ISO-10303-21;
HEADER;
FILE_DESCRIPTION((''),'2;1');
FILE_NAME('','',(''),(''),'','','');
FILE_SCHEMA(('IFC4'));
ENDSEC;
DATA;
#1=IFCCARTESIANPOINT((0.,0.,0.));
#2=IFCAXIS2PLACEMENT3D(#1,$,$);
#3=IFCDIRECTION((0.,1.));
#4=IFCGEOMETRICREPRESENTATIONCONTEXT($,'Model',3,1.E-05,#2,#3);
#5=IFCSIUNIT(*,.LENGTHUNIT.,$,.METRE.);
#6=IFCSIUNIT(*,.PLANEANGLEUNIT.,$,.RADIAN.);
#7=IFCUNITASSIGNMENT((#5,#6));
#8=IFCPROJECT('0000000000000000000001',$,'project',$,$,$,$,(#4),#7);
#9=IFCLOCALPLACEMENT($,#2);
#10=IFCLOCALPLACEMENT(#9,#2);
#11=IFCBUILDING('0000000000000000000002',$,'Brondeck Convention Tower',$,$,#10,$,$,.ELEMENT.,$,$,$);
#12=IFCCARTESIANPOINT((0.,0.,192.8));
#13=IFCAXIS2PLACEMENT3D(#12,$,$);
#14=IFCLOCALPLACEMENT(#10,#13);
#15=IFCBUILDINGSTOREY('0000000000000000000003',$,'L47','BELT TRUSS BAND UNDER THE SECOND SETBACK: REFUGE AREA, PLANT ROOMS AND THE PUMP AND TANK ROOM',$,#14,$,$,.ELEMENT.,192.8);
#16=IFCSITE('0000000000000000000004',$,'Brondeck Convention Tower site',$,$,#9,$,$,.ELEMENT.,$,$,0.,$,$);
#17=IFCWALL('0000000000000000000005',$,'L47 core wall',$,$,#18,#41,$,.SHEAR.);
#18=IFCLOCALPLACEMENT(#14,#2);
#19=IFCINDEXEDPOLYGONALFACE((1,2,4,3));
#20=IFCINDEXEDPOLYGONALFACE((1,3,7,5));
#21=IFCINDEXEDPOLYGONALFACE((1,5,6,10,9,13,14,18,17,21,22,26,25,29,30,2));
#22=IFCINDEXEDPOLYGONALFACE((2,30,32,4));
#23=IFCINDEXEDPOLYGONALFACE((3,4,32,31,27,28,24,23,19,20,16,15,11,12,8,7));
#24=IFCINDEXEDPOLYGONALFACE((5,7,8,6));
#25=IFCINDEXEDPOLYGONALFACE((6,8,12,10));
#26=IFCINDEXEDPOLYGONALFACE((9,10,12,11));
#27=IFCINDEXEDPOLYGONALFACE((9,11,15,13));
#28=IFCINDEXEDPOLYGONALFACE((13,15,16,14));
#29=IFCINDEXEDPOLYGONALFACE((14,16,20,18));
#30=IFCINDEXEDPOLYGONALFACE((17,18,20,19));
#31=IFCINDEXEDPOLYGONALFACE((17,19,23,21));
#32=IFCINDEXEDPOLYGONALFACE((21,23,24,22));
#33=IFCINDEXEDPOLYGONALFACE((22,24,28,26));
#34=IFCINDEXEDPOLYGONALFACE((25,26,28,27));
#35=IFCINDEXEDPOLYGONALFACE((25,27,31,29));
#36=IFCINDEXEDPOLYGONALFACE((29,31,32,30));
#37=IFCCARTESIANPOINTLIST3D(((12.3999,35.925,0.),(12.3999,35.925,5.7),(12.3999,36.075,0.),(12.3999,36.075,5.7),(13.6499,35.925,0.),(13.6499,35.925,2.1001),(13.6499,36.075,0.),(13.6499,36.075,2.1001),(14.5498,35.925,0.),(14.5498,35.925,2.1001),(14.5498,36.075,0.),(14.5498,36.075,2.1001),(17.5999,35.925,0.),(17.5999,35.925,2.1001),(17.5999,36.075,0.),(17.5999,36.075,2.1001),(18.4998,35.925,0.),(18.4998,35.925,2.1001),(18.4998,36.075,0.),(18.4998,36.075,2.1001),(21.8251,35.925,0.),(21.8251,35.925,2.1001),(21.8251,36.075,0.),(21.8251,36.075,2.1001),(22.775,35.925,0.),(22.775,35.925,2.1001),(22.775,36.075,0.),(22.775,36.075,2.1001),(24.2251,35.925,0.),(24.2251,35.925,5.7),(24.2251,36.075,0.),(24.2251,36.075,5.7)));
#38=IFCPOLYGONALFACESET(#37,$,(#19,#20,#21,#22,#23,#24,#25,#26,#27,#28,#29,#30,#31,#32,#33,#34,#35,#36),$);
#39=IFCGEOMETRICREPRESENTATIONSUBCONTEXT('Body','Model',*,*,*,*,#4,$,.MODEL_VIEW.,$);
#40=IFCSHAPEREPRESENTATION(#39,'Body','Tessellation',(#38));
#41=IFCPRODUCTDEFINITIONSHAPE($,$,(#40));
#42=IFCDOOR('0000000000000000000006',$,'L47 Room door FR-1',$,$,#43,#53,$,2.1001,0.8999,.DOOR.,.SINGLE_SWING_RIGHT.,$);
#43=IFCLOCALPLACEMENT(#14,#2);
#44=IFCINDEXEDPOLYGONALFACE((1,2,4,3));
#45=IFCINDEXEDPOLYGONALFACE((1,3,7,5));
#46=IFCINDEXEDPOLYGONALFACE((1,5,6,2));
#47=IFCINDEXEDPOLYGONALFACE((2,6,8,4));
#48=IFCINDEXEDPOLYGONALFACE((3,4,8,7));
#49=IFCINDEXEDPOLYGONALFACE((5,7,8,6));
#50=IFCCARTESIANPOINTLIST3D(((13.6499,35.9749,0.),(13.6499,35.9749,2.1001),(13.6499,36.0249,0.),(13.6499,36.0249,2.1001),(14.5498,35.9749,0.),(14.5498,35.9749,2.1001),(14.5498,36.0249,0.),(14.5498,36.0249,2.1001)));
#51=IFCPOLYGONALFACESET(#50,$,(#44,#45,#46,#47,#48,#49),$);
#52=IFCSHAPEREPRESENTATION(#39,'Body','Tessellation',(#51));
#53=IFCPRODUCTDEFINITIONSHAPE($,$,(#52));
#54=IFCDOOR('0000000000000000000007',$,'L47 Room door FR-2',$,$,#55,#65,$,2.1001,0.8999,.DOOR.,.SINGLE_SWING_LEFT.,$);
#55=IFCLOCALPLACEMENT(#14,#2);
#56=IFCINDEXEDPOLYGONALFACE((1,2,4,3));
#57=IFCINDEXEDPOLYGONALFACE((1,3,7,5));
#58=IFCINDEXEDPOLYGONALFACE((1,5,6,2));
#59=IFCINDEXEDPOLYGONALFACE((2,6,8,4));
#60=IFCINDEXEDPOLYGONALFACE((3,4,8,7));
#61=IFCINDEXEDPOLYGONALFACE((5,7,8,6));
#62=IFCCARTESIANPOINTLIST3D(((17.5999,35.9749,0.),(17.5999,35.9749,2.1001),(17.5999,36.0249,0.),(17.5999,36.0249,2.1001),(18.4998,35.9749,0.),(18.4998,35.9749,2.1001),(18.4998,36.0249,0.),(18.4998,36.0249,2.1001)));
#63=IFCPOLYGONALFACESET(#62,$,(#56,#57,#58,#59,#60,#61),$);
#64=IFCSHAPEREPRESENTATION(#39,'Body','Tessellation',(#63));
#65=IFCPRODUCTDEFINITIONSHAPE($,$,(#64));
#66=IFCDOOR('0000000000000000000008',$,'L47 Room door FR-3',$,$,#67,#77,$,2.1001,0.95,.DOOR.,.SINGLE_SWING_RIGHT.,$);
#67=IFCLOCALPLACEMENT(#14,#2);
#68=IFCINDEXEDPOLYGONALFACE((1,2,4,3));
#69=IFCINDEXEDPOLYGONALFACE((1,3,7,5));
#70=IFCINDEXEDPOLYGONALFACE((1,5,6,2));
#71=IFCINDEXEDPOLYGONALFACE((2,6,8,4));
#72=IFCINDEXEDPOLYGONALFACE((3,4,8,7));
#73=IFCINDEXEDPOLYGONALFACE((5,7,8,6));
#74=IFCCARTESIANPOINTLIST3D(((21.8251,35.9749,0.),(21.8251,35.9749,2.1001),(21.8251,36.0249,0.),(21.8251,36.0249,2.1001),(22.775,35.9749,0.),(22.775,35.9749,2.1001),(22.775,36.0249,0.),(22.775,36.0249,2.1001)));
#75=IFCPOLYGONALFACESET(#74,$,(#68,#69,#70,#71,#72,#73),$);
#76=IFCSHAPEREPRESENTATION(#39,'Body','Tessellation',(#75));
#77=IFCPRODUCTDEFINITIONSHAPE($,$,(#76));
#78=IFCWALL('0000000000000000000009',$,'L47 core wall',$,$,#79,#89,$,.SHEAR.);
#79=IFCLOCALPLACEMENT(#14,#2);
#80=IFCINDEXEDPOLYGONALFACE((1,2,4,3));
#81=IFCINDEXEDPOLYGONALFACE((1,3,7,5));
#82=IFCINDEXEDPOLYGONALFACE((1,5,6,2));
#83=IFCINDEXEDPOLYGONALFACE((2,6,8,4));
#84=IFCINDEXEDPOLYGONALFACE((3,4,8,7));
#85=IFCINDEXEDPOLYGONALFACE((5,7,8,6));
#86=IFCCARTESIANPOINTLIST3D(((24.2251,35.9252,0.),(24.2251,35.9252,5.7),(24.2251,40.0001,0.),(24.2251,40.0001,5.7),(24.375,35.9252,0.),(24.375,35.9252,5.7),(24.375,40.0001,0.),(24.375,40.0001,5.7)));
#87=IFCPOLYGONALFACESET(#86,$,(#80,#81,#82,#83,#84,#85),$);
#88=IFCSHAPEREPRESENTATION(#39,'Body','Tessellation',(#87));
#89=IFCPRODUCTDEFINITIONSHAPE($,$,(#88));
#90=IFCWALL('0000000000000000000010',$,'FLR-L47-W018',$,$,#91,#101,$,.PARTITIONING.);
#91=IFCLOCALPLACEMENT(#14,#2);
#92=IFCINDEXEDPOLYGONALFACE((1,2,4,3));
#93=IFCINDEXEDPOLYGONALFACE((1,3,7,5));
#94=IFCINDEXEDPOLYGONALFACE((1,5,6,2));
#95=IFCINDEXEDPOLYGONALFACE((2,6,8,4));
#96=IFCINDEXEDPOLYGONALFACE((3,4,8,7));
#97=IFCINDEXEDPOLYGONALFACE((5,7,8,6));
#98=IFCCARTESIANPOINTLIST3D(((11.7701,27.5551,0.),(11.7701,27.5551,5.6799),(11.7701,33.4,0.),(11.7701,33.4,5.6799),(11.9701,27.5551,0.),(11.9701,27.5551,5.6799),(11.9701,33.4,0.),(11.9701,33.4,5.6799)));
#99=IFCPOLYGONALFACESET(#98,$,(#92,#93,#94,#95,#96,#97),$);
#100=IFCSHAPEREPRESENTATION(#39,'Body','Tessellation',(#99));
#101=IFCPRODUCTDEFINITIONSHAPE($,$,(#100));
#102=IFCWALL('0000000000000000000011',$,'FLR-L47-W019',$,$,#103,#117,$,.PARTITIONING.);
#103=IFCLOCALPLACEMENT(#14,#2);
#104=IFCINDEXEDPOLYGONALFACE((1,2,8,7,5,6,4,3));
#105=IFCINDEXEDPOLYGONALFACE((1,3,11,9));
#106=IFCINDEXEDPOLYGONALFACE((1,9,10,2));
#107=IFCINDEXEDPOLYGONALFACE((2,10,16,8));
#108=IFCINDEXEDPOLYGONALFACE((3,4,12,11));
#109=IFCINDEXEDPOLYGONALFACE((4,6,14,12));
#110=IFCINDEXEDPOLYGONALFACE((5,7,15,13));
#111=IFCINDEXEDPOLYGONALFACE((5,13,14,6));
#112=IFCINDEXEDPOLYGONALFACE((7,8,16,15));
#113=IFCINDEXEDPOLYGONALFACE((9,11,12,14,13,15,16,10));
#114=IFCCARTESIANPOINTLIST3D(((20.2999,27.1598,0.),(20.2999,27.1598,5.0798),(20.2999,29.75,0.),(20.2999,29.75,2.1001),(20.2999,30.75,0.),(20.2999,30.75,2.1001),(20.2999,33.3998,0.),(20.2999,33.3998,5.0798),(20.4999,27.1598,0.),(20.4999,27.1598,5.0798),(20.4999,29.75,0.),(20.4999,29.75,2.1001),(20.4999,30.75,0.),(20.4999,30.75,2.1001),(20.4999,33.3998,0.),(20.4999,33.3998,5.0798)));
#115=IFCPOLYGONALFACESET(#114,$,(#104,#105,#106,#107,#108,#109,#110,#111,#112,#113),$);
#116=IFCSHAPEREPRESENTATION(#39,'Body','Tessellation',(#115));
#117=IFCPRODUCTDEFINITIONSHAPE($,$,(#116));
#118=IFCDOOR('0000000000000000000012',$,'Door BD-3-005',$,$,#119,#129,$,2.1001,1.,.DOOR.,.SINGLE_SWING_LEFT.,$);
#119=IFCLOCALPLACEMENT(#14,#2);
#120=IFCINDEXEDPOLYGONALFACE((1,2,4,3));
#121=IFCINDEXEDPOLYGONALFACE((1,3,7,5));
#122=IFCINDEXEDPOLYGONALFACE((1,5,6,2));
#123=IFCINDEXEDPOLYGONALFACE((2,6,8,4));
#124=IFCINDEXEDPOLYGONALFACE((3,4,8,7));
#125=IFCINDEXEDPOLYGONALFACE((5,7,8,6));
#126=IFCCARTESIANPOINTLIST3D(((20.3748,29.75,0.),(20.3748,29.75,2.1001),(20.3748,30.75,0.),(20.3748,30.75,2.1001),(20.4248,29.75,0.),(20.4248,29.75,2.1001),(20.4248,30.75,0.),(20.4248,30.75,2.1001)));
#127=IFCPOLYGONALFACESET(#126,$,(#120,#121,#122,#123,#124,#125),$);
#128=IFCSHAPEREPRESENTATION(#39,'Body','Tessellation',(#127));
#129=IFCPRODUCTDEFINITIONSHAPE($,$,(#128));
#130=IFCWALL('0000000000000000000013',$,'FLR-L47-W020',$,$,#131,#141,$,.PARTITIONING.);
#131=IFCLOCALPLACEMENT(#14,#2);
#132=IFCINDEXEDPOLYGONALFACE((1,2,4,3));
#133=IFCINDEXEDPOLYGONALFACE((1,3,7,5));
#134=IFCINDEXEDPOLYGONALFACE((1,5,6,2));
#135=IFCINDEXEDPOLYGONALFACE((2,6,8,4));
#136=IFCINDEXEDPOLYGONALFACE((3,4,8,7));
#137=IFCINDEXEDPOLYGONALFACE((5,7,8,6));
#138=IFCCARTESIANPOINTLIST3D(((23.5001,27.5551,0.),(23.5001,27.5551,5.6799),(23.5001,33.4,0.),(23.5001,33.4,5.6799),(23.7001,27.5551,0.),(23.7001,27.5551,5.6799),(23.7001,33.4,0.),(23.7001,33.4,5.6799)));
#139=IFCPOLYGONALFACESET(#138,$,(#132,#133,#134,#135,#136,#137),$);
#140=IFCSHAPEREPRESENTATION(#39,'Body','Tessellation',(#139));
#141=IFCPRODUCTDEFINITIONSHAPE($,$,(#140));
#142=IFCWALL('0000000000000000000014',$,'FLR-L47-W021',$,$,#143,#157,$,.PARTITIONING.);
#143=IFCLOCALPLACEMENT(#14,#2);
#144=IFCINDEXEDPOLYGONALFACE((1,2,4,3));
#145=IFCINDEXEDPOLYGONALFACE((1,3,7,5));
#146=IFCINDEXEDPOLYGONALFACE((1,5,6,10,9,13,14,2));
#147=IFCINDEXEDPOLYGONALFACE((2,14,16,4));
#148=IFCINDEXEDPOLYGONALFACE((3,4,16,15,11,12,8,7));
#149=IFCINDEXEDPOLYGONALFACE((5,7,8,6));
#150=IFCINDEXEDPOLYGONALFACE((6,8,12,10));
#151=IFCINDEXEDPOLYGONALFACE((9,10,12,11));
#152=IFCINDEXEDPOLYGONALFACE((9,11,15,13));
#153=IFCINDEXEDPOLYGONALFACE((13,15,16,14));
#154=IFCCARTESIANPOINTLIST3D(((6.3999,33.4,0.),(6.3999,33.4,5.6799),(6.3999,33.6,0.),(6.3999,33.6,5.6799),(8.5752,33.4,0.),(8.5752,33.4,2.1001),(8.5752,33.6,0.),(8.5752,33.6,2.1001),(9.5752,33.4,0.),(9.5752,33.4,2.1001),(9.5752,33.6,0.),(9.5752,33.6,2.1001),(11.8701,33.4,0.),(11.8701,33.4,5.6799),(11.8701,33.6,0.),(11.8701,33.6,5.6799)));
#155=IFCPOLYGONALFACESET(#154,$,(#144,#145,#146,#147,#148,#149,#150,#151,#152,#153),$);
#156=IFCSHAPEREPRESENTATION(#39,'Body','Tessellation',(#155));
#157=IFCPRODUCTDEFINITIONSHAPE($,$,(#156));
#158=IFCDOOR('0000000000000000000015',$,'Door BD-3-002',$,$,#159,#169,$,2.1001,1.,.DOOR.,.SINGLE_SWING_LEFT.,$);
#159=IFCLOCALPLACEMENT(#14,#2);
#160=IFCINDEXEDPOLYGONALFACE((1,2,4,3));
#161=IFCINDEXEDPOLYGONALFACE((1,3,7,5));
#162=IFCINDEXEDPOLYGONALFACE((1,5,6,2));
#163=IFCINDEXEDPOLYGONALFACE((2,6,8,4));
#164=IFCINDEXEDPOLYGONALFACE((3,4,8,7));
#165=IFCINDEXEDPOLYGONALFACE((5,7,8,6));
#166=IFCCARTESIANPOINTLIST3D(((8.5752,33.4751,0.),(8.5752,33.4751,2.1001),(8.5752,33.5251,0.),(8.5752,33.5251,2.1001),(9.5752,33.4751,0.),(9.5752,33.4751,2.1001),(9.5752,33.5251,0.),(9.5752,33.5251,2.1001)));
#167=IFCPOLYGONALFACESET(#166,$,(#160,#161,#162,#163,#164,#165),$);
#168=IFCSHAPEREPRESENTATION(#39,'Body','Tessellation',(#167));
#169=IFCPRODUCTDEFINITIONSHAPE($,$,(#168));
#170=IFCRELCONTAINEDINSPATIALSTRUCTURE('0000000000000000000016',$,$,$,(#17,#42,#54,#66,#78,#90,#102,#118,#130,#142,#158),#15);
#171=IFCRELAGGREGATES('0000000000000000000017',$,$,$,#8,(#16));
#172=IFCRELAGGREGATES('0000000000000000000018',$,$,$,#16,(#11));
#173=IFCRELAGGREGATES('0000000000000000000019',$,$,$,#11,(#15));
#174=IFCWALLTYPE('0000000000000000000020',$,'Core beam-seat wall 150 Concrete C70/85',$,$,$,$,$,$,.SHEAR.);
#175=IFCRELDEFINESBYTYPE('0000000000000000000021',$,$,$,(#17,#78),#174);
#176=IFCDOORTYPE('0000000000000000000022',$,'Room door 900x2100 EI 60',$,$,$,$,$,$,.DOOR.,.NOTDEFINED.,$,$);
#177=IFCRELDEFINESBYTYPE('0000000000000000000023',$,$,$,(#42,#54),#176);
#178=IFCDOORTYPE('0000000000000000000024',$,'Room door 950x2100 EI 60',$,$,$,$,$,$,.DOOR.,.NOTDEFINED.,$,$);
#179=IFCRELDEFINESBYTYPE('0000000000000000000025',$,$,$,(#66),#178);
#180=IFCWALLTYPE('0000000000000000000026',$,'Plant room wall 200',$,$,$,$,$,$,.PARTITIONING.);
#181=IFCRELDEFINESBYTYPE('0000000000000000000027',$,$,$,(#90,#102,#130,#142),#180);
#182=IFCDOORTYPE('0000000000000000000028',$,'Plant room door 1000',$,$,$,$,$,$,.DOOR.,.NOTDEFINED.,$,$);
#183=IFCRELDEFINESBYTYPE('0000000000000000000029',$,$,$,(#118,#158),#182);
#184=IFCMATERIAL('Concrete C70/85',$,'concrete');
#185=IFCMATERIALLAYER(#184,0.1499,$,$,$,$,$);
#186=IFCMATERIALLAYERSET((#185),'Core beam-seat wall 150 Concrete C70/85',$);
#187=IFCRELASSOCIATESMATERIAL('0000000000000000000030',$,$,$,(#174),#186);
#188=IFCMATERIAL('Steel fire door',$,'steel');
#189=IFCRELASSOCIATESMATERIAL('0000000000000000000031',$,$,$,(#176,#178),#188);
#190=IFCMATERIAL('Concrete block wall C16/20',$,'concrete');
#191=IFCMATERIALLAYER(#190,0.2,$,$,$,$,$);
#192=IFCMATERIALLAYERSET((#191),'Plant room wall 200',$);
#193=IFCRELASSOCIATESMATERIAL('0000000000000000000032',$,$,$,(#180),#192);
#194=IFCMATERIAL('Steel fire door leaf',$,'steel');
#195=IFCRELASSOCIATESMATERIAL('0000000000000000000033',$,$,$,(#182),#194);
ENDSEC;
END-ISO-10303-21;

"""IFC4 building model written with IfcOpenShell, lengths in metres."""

from ifc_helpers import new_model, si_unit, direction, frame, frame_2d, origin, place, context, subcontext, project, spatial, rectangle, extrude, material, layer, layer_set, type_object, element, fill, save


model = new_model("IFC4")

# Units and contexts
model_context = context("Model", 3, precision=1e-05, world=origin(), true_north=direction((0.0, 1.0)))
body_context = subcontext(model_context, "Body", "Model", "MODEL_VIEW")
ifc_project = project(units=[si_unit("LENGTHUNIT", "METRE"), si_unit("PLANEANGLEUNIT", "RADIAN")], contexts=[model_context])

# Site, building, storey
site_placement = place(None, origin())
site = spatial("IfcSite", under=ifc_project, at=site_placement, Name="Brondeck Convention Tower site", CompositionType="ELEMENT", RefElevation=0.0)
building_placement = place(site_placement, origin())
building = spatial("IfcBuilding", under=site, at=building_placement, Name="Brondeck Convention Tower", CompositionType="ELEMENT")
storey_placement = place(building_placement, frame((0.0, 0.0, 192.8)))
storey = spatial("IfcBuildingStorey", under=building, at=storey_placement, Name="L47", Description="BELT TRUSS BAND UNDER THE SECOND SETBACK: REFUGE AREA, PLANT ROOMS AND THE PUMP AND TANK ROOM", CompositionType="ELEMENT", Elevation=192.8)

# Wall, openings, doors
ifc_material_1 = material(Name="Concrete C70/85", Category="concrete")
ifc_layer_1 = layer(ifc_material_1, 0.1499)
ifc_layer_set_1 = layer_set([ifc_layer_1], Name="Core beam-seat wall 150 Concrete C70/85")
wall_type_1 = type_object("IfcWallType", Name="Core beam-seat wall 150 Concrete C70/85", PredefinedType="SHEAR", material=ifc_layer_set_1)
wall_1_placement = place(storey_placement, frame((12.3999, 36.0, 0.0), z_axis=(0.0, 0.0, 1.0), x_axis=(1.0, 0.0, 0.0)))
wall_1 = element("IfcWall", 1, at=wall_1_placement, inside=storey, type_object=wall_type_1, Name="L47 core wall", PredefinedType="SHEAR", context=body_context, shape_type="SweptSolid", body=[
    extrude(rectangle(XDim=11.8252, YDim=0.1499, at=frame_2d((5.9126, 0.0))), origin(), (0.0, 0.0, 1.0), 5.7),
])
opening_1_placement = place(wall_1_placement, frame((1.25, 0.0, 0.0)))
opening_1 = element("IfcOpeningElement", 2, at=opening_1_placement, cuts=wall_1, PredefinedType="OPENING", context=body_context, shape_type="SweptSolid", body=[
    extrude(rectangle(XDim=0.8999, YDim=2.1001, at=frame_2d((0.45, 1.05))), frame((0.0, 0.085, 0.0), z_axis=(0.0, -1.0, 0.0), x_axis=(1.0, 0.0, 0.0)), (0.0, 0.0, 1.0), 0.1699),
])
opening_2_placement = place(wall_1_placement, frame((5.2, 0.0, 0.0)))
opening_2 = element("IfcOpeningElement", 3, at=opening_2_placement, cuts=wall_1, PredefinedType="OPENING", context=body_context, shape_type="SweptSolid", body=[
    extrude(rectangle(XDim=0.8999, YDim=2.1001, at=frame_2d((0.45, 1.05))), frame((0.0, 0.085, 0.0), z_axis=(0.0, -1.0, 0.0), x_axis=(1.0, 0.0, 0.0)), (0.0, 0.0, 1.0), 0.1699),
])
opening_3_placement = place(wall_1_placement, frame((9.425, 0.0, 0.0)))
opening_3 = element("IfcOpeningElement", 4, at=opening_3_placement, cuts=wall_1, PredefinedType="OPENING", context=body_context, shape_type="SweptSolid", body=[
    extrude(rectangle(XDim=0.95, YDim=2.1001, at=frame_2d((0.4751, 1.05))), frame((0.0, 0.085, 0.0), z_axis=(0.0, -1.0, 0.0), x_axis=(1.0, 0.0, 0.0)), (0.0, 0.0, 1.0), 0.1699),
])
ifc_material_2 = material(Name="Steel fire door", Category="steel")
door_type_1 = type_object("IfcDoorType", Name="Room door 900x2100 EI 60", OperationType="NOTDEFINED", PredefinedType="DOOR", material=ifc_material_2)
door_1_placement = place(opening_1_placement, origin())
door_1 = element("IfcDoor", 5, at=door_1_placement, inside=storey, type_object=door_type_1, Name="L47 Room door FR-1", OperationType="SINGLE_SWING_RIGHT", OverallHeight=2.1001, OverallWidth=0.8999, PredefinedType="DOOR", context=body_context, shape_type="SweptSolid", body=[
    extrude(rectangle(XDim=0.8999, YDim=2.1001, at=frame_2d((0.45, 1.05))), frame((0.0, 0.0249, 0.0), z_axis=(0.0, -1.0, 0.0), x_axis=(1.0, 0.0, 0.0)), (0.0, 0.0, 1.0), 0.05),
])
fill(opening_1, door_1)
door_2_placement = place(opening_2_placement, origin())
door_2 = element("IfcDoor", 6, at=door_2_placement, inside=storey, type_object=door_type_1, Name="L47 Room door FR-2", OperationType="SINGLE_SWING_LEFT", OverallHeight=2.1001, OverallWidth=0.8999, PredefinedType="DOOR", context=body_context, shape_type="SweptSolid", body=[
    extrude(rectangle(XDim=0.8999, YDim=2.1001, at=frame_2d((0.45, 1.05))), frame((0.0, 0.0249, 0.0), z_axis=(0.0, -1.0, 0.0), x_axis=(1.0, 0.0, 0.0)), (0.0, 0.0, 1.0), 0.05),
])
fill(opening_2, door_2)
door_type_2 = type_object("IfcDoorType", Name="Room door 950x2100 EI 60", OperationType="NOTDEFINED", PredefinedType="DOOR", material=ifc_material_2)
door_3_placement = place(opening_3_placement, origin())
door_3 = element("IfcDoor", 7, at=door_3_placement, inside=storey, type_object=door_type_2, Name="L47 Room door FR-3", OperationType="SINGLE_SWING_RIGHT", OverallHeight=2.1001, OverallWidth=0.95, PredefinedType="DOOR", context=body_context, shape_type="SweptSolid", body=[
    extrude(rectangle(XDim=0.95, YDim=2.1001, at=frame_2d((0.4751, 1.05))), frame((0.0, 0.0249, 0.0), z_axis=(0.0, -1.0, 0.0), x_axis=(1.0, 0.0, 0.0)), (0.0, 0.0, 1.0), 0.05),
])
fill(opening_3, door_3)

# Walls
wall_2_placement = place(storey_placement, frame((24.3, 35.925, 0.0), z_axis=(0.0, 0.0, 1.0), x_axis=(0.0, 1.0, 0.0)))
element("IfcWall", 8, at=wall_2_placement, inside=storey, type_object=wall_type_1, Name="L47 core wall", PredefinedType="SHEAR", context=body_context, shape_type="SweptSolid", body=[
    extrude(rectangle(XDim=4.075, YDim=0.1499, at=frame_2d((2.0376, 0.0))), origin(), (0.0, 0.0, 1.0), 5.7),
])
ifc_material_3 = material(Name="Concrete block wall C16/20", Category="concrete")
ifc_layer_2 = layer(ifc_material_3, 0.2)
ifc_layer_set_2 = layer_set([ifc_layer_2], Name="Plant room wall 200")
wall_type_2 = type_object("IfcWallType", Name="Plant room wall 200", PredefinedType="PARTITIONING", material=ifc_layer_set_2)
wall_3_placement = place(storey_placement, frame((11.8701, 33.3999, 0.0), z_axis=(0.0, 0.0, 1.0), x_axis=(0.0, -1.0, 0.0)))
element("IfcWall", 9, at=wall_3_placement, inside=storey, type_object=wall_type_2, Name="FLR-L47-W018", PredefinedType="PARTITIONING", context=body_context, shape_type="SweptSolid", body=[
    extrude(rectangle(XDim=5.845, YDim=0.2, at=frame_2d((2.9224, 0.0))), origin(), (0.0, 0.0, 1.0), 5.6799),
])

# Wall, opening, door
wall_4_placement = place(storey_placement, frame((20.3999, 33.3999, 0.0), z_axis=(0.0, 0.0, 1.0), x_axis=(0.0, -1.0, 0.0)))
wall_4 = element("IfcWall", 10, at=wall_4_placement, inside=storey, type_object=wall_type_2, Name="FLR-L47-W019", PredefinedType="PARTITIONING", context=body_context, shape_type="SweptSolid", body=[
    extrude(rectangle(XDim=6.24, YDim=0.2, at=frame_2d((3.1201, 0.0))), origin(), (0.0, 0.0, 1.0), 5.0798),
])
opening_4_placement = place(wall_4_placement, frame((2.6499, 0.0, 0.0)))
opening_4 = element("IfcOpeningElement", 11, at=opening_4_placement, cuts=wall_4, PredefinedType="OPENING", context=body_context, shape_type="SweptSolid", body=[
    extrude(rectangle(XDim=1.0, YDim=2.1001, at=frame_2d((0.5, 1.05))), frame((0.0, 0.1099, 0.0), z_axis=(0.0, -1.0, 0.0), x_axis=(1.0, 0.0, 0.0)), (0.0, 0.0, 1.0), 0.22),
])
ifc_material_4 = material(Name="Steel fire door leaf", Category="steel")
door_type_3 = type_object("IfcDoorType", Name="Plant room door 1000", OperationType="NOTDEFINED", PredefinedType="DOOR", material=ifc_material_4)
door_4_placement = place(opening_4_placement, origin())
door_4 = element("IfcDoor", 12, at=door_4_placement, inside=storey, type_object=door_type_3, Name="Door BD-3-005", OperationType="SINGLE_SWING_LEFT", OverallHeight=2.1001, OverallWidth=1.0, PredefinedType="DOOR", context=body_context, shape_type="SweptSolid", body=[
    extrude(rectangle(XDim=1.0, YDim=2.1001, at=frame_2d((0.5, 1.05))), frame((0.0, 0.0249, 0.0), z_axis=(0.0, -1.0, 0.0), x_axis=(1.0, 0.0, 0.0)), (0.0, 0.0, 1.0), 0.05),
])
fill(opening_4, door_4)

# Wall
wall_5_placement = place(storey_placement, frame((23.6001, 33.3999, 0.0), z_axis=(0.0, 0.0, 1.0), x_axis=(0.0, -1.0, 0.0)))
element("IfcWall", 13, at=wall_5_placement, inside=storey, type_object=wall_type_2, Name="FLR-L47-W020", PredefinedType="PARTITIONING", context=body_context, shape_type="SweptSolid", body=[
    extrude(rectangle(XDim=5.845, YDim=0.2, at=frame_2d((2.9224, 0.0))), origin(), (0.0, 0.0, 1.0), 5.6799),
])

# Wall, opening, door
wall_6_placement = place(storey_placement, frame((11.8701, 33.5, 0.0), z_axis=(0.0, 0.0, 1.0), x_axis=(-1.0, 0.0, 0.0)))
wall_6 = element("IfcWall", 14, at=wall_6_placement, inside=storey, type_object=wall_type_2, Name="FLR-L47-W021", PredefinedType="PARTITIONING", context=body_context, shape_type="SweptSolid", body=[
    extrude(rectangle(XDim=5.4702, YDim=0.2, at=frame_2d((2.7351, 0.0))), origin(), (0.0, 0.0, 1.0), 5.6799),
])
opening_5_placement = place(wall_6_placement, frame((2.2949, 0.0, 0.0)))
opening_5 = element("IfcOpeningElement", 15, at=opening_5_placement, cuts=wall_6, PredefinedType="OPENING", context=body_context, shape_type="SweptSolid", body=[
    extrude(rectangle(XDim=1.0, YDim=2.1001, at=frame_2d((0.5, 1.05))), frame((0.0, 0.1099, 0.0), z_axis=(0.0, -1.0, 0.0), x_axis=(1.0, 0.0, 0.0)), (0.0, 0.0, 1.0), 0.22),
])
door_5_placement = place(opening_5_placement, origin())
door_5 = element("IfcDoor", 16, at=door_5_placement, inside=storey, type_object=door_type_3, Name="Door BD-3-002", OperationType="SINGLE_SWING_LEFT", OverallHeight=2.1001, OverallWidth=1.0, PredefinedType="DOOR", context=body_context, shape_type="SweptSolid", body=[
    extrude(rectangle(XDim=1.0, YDim=2.1001, at=frame_2d((0.5, 1.05))), frame((0.0, 0.0249, 0.0), z_axis=(0.0, -1.0, 0.0), x_axis=(1.0, 0.0, 0.0)), (0.0, 0.0, 1.0), 0.05),
])
fill(opening_5, door_5)

save(model, "model.ifc")
